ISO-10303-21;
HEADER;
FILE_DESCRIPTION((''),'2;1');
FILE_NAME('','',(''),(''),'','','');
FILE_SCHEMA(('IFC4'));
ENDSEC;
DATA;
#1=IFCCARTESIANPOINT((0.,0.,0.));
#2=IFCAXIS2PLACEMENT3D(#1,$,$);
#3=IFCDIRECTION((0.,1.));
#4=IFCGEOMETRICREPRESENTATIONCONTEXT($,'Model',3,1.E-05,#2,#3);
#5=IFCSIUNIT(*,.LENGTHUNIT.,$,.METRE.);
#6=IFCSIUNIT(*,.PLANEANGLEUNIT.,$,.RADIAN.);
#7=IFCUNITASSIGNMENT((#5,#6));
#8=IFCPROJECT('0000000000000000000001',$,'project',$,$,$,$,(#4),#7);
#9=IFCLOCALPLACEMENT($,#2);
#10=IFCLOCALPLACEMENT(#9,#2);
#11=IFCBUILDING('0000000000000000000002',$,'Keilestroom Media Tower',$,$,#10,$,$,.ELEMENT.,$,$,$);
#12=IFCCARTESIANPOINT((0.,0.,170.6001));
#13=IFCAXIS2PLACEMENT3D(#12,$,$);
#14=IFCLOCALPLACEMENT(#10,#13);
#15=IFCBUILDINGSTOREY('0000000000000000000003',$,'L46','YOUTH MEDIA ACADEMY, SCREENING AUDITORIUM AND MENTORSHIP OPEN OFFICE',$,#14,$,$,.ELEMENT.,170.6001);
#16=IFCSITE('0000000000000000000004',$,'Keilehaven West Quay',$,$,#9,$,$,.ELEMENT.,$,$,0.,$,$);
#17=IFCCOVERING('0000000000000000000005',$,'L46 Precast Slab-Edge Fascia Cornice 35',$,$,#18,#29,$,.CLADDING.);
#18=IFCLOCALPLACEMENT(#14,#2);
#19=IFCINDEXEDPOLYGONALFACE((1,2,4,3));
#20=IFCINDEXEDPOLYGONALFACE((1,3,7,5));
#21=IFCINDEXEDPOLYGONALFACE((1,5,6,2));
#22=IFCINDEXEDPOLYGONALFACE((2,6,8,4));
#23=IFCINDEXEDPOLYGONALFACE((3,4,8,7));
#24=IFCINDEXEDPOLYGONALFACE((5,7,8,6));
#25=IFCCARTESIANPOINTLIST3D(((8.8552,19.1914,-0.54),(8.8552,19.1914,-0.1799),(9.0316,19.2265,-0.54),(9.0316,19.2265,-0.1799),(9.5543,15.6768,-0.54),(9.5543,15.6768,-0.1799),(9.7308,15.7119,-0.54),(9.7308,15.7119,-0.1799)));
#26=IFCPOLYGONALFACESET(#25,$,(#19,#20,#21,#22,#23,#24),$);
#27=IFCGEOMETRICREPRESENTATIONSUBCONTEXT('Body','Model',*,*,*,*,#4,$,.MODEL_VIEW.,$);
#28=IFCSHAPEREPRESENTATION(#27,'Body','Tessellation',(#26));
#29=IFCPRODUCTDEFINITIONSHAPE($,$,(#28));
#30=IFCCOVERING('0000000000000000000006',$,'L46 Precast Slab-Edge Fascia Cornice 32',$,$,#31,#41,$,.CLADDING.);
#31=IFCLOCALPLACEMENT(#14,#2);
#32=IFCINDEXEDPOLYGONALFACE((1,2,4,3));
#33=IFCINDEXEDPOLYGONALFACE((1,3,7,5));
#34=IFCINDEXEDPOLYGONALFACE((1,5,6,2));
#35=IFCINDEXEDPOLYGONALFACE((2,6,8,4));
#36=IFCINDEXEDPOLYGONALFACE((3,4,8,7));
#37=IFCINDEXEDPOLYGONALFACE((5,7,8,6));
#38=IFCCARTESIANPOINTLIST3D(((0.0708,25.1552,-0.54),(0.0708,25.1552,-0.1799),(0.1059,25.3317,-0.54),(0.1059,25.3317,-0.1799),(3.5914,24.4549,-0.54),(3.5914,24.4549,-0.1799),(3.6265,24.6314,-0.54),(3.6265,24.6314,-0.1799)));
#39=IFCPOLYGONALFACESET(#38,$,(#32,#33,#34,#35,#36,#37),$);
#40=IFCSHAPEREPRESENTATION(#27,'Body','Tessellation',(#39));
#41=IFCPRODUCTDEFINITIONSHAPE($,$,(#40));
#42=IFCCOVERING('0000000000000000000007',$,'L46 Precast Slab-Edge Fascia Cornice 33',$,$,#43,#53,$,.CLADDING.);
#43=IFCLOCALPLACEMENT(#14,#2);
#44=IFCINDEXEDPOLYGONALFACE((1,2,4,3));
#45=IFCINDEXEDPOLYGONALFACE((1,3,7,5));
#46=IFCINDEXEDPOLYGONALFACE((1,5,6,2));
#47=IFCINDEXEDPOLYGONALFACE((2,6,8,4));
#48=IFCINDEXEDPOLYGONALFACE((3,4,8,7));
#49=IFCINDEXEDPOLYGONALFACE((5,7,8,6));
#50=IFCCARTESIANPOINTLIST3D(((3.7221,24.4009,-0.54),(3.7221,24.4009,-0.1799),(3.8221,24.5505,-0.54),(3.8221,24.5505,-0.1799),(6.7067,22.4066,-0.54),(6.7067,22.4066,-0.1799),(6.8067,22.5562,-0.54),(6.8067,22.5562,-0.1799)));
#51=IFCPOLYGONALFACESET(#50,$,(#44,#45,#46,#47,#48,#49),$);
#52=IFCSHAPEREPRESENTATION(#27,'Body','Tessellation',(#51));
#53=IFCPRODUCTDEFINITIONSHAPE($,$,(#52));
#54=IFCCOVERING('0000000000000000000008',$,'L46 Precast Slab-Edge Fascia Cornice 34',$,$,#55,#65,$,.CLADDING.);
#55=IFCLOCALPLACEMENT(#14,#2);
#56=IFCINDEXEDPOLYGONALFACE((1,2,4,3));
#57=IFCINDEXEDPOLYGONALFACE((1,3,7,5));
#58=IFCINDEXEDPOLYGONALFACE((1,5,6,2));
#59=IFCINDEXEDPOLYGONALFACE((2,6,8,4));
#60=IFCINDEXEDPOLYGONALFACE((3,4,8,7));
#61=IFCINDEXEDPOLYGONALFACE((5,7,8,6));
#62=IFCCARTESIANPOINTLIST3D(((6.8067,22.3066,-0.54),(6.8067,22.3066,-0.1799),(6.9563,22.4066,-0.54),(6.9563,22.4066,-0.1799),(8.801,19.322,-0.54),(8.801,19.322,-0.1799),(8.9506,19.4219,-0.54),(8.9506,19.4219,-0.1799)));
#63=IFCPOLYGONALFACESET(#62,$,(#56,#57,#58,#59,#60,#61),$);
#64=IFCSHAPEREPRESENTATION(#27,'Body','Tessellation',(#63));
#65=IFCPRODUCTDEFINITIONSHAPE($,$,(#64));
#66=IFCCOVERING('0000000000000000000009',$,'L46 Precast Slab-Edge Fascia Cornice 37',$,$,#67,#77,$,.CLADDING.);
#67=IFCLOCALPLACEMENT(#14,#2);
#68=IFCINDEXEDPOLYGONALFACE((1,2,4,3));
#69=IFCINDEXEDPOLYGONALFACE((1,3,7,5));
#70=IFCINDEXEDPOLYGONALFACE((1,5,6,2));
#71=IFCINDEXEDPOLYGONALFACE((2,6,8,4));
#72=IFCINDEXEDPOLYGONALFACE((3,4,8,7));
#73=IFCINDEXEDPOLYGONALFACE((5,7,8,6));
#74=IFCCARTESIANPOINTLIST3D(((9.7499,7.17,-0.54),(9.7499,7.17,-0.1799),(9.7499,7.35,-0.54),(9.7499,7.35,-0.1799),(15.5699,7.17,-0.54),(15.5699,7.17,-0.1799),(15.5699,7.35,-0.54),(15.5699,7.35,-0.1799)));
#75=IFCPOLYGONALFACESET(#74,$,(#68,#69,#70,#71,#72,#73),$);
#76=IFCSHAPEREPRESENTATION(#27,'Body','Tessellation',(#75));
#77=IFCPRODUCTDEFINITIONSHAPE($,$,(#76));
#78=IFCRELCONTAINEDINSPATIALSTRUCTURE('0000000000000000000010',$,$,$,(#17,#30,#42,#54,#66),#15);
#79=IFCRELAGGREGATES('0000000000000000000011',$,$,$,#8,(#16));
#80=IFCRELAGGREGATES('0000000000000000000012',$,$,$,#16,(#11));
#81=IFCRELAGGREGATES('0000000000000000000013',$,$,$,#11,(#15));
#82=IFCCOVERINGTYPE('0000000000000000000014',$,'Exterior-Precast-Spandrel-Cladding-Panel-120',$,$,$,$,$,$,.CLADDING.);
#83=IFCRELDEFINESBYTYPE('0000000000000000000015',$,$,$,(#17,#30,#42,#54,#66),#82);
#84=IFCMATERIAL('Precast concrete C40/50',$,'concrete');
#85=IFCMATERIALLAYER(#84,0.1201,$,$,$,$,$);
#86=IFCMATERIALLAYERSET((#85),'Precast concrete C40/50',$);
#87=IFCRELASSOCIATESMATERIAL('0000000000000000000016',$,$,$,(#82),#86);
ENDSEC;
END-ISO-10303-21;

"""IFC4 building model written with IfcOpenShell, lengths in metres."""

from ifc_helpers import new_model, si_unit, direction, frame, origin, origin_2d, place, context, subcontext, project, spatial, rectangle, extrude, source, transform, mapped, material, layer, layer_set, type_object, element, save


model = new_model("IFC4")

# Units and contexts
model_context = context("Model", 3, precision=1e-05, world=origin(), true_north=direction((0.0, 1.0)))
body_context = subcontext(model_context, "Body", "Model", "MODEL_VIEW")
ifc_project = project(units=[si_unit("LENGTHUNIT", "METRE"), si_unit("PLANEANGLEUNIT", "RADIAN")], contexts=[model_context])

# Site, building, storey
site_placement = place(None, origin())
site = spatial("IfcSite", under=ifc_project, at=site_placement, Name="Keilehaven West Quay", CompositionType="ELEMENT", RefElevation=0.0)
building_placement = place(site_placement, origin())
building = spatial("IfcBuilding", under=site, at=building_placement, Name="Keilestroom Media Tower", CompositionType="ELEMENT")
storey_placement = place(building_placement, frame((0.0, 0.0, 170.6001)))
storey = spatial("IfcBuildingStorey", under=building, at=storey_placement, Name="L46", Description="YOUTH MEDIA ACADEMY, SCREENING AUDITORIUM AND MENTORSHIP OPEN OFFICE", CompositionType="ELEMENT", Elevation=170.6001)

# Shared definitions
ifc_material_1 = material(Name="Precast concrete C40/50", Category="concrete")

# Coverings
ifc_layer_1 = layer(ifc_material_1, 0.1201)
ifc_layer_set_1 = layer_set([ifc_layer_1], Name="Precast concrete C40/50")
covering_type = type_object("IfcCoveringType", Name="Exterior-Precast-Spandrel-Cladding-Panel-120", PredefinedType="CLADDING", material=ifc_layer_set_1)
shared_shape_1 = source(origin(), body_context, "Body", "SweptSolid", [
    extrude(rectangle(XDim=3.5835, YDim=0.1799, at=origin_2d()), origin(), (0.0, 0.0, 1.0), 0.3601),
])
covering_1_placement = place(storey_placement, frame((9.293, 17.4517, -0.54), z_axis=(0.0, 0.0, 1.0), x_axis=(0.195099, -0.980784, 0.0)))
element("IfcCovering", 1, at=covering_1_placement, inside=storey, type_object=covering_type, Name="L46 Precast Slab-Edge Fascia Cornice 35", PredefinedType="CLADDING", context=body_context, shape_type="MappedRepresentation", body=[
    mapped(shared_shape_1, transform((0.0, 0.0, 0.0), x_axis=(1.0, 0.0, 0.0), y_axis=(0.0, 1.0, 0.0), z_axis=(0.0, 0.0, 1.0), scale=1.0)),
])
shared_shape_2 = source(origin(), body_context, "Body", "SweptSolid", [
    extrude(rectangle(XDim=3.5896, YDim=0.1799, at=origin_2d()), origin(), (0.0, 0.0, 1.0), 0.3601),
])
for number, where, z_axis, x_axis, name in (
    (2, (1.8486, 24.8933, -0.54), (0.0, 0.0, 1.0), (0.980784, -0.195099, 0.0), "L46 Precast Slab-Edge Fascia Cornice 32"),
    (3, (5.2644, 23.4785, -0.54), (0.0, 0.0, 1.0), (0.831467, -0.555575, 0.0), "L46 Precast Slab-Edge Fascia Cornice 33"),
    (4, (7.8787, 20.8643, -0.54), (0.0, 0.0, 1.0), (0.555575, -0.831467, 0.0), "L46 Precast Slab-Edge Fascia Cornice 34"),
):
    element("IfcCovering", number, at=place(storey_placement, frame(where, z_axis=z_axis, x_axis=x_axis)), inside=storey, type_object=covering_type, Name=name, PredefinedType="CLADDING", context=body_context, shape_type="MappedRepresentation", body=[
        mapped(shared_shape_2, transform((0.0, 0.0, 0.0), x_axis=(1.0, 0.0, 0.0), y_axis=(0.0, 1.0, 0.0), z_axis=(0.0, 0.0, 1.0), scale=1.0)),
    ])
shared_shape_3 = source(origin(), body_context, "Body", "SweptSolid", [
    extrude(rectangle(XDim=5.8201, YDim=0.1799, at=origin_2d()), origin(), (0.0, 0.0, 1.0), 0.3601),
])
covering_2_placement = place(storey_placement, frame((12.6599, 7.26, -0.54), z_axis=(0.0, 0.0, 1.0), x_axis=(1.0, 0.0, 0.0)))
element("IfcCovering", 5, at=covering_2_placement, inside=storey, type_object=covering_type, Name="L46 Precast Slab-Edge Fascia Cornice 37", PredefinedType="CLADDING", context=body_context, shape_type="MappedRepresentation", body=[
    mapped(shared_shape_3, transform((0.0, 0.0, 0.0), x_axis=(1.0, 0.0, 0.0), y_axis=(0.0, 1.0, 0.0), z_axis=(0.0, 0.0, 1.0), scale=1.0)),
])

save(model, "model.ifc")
